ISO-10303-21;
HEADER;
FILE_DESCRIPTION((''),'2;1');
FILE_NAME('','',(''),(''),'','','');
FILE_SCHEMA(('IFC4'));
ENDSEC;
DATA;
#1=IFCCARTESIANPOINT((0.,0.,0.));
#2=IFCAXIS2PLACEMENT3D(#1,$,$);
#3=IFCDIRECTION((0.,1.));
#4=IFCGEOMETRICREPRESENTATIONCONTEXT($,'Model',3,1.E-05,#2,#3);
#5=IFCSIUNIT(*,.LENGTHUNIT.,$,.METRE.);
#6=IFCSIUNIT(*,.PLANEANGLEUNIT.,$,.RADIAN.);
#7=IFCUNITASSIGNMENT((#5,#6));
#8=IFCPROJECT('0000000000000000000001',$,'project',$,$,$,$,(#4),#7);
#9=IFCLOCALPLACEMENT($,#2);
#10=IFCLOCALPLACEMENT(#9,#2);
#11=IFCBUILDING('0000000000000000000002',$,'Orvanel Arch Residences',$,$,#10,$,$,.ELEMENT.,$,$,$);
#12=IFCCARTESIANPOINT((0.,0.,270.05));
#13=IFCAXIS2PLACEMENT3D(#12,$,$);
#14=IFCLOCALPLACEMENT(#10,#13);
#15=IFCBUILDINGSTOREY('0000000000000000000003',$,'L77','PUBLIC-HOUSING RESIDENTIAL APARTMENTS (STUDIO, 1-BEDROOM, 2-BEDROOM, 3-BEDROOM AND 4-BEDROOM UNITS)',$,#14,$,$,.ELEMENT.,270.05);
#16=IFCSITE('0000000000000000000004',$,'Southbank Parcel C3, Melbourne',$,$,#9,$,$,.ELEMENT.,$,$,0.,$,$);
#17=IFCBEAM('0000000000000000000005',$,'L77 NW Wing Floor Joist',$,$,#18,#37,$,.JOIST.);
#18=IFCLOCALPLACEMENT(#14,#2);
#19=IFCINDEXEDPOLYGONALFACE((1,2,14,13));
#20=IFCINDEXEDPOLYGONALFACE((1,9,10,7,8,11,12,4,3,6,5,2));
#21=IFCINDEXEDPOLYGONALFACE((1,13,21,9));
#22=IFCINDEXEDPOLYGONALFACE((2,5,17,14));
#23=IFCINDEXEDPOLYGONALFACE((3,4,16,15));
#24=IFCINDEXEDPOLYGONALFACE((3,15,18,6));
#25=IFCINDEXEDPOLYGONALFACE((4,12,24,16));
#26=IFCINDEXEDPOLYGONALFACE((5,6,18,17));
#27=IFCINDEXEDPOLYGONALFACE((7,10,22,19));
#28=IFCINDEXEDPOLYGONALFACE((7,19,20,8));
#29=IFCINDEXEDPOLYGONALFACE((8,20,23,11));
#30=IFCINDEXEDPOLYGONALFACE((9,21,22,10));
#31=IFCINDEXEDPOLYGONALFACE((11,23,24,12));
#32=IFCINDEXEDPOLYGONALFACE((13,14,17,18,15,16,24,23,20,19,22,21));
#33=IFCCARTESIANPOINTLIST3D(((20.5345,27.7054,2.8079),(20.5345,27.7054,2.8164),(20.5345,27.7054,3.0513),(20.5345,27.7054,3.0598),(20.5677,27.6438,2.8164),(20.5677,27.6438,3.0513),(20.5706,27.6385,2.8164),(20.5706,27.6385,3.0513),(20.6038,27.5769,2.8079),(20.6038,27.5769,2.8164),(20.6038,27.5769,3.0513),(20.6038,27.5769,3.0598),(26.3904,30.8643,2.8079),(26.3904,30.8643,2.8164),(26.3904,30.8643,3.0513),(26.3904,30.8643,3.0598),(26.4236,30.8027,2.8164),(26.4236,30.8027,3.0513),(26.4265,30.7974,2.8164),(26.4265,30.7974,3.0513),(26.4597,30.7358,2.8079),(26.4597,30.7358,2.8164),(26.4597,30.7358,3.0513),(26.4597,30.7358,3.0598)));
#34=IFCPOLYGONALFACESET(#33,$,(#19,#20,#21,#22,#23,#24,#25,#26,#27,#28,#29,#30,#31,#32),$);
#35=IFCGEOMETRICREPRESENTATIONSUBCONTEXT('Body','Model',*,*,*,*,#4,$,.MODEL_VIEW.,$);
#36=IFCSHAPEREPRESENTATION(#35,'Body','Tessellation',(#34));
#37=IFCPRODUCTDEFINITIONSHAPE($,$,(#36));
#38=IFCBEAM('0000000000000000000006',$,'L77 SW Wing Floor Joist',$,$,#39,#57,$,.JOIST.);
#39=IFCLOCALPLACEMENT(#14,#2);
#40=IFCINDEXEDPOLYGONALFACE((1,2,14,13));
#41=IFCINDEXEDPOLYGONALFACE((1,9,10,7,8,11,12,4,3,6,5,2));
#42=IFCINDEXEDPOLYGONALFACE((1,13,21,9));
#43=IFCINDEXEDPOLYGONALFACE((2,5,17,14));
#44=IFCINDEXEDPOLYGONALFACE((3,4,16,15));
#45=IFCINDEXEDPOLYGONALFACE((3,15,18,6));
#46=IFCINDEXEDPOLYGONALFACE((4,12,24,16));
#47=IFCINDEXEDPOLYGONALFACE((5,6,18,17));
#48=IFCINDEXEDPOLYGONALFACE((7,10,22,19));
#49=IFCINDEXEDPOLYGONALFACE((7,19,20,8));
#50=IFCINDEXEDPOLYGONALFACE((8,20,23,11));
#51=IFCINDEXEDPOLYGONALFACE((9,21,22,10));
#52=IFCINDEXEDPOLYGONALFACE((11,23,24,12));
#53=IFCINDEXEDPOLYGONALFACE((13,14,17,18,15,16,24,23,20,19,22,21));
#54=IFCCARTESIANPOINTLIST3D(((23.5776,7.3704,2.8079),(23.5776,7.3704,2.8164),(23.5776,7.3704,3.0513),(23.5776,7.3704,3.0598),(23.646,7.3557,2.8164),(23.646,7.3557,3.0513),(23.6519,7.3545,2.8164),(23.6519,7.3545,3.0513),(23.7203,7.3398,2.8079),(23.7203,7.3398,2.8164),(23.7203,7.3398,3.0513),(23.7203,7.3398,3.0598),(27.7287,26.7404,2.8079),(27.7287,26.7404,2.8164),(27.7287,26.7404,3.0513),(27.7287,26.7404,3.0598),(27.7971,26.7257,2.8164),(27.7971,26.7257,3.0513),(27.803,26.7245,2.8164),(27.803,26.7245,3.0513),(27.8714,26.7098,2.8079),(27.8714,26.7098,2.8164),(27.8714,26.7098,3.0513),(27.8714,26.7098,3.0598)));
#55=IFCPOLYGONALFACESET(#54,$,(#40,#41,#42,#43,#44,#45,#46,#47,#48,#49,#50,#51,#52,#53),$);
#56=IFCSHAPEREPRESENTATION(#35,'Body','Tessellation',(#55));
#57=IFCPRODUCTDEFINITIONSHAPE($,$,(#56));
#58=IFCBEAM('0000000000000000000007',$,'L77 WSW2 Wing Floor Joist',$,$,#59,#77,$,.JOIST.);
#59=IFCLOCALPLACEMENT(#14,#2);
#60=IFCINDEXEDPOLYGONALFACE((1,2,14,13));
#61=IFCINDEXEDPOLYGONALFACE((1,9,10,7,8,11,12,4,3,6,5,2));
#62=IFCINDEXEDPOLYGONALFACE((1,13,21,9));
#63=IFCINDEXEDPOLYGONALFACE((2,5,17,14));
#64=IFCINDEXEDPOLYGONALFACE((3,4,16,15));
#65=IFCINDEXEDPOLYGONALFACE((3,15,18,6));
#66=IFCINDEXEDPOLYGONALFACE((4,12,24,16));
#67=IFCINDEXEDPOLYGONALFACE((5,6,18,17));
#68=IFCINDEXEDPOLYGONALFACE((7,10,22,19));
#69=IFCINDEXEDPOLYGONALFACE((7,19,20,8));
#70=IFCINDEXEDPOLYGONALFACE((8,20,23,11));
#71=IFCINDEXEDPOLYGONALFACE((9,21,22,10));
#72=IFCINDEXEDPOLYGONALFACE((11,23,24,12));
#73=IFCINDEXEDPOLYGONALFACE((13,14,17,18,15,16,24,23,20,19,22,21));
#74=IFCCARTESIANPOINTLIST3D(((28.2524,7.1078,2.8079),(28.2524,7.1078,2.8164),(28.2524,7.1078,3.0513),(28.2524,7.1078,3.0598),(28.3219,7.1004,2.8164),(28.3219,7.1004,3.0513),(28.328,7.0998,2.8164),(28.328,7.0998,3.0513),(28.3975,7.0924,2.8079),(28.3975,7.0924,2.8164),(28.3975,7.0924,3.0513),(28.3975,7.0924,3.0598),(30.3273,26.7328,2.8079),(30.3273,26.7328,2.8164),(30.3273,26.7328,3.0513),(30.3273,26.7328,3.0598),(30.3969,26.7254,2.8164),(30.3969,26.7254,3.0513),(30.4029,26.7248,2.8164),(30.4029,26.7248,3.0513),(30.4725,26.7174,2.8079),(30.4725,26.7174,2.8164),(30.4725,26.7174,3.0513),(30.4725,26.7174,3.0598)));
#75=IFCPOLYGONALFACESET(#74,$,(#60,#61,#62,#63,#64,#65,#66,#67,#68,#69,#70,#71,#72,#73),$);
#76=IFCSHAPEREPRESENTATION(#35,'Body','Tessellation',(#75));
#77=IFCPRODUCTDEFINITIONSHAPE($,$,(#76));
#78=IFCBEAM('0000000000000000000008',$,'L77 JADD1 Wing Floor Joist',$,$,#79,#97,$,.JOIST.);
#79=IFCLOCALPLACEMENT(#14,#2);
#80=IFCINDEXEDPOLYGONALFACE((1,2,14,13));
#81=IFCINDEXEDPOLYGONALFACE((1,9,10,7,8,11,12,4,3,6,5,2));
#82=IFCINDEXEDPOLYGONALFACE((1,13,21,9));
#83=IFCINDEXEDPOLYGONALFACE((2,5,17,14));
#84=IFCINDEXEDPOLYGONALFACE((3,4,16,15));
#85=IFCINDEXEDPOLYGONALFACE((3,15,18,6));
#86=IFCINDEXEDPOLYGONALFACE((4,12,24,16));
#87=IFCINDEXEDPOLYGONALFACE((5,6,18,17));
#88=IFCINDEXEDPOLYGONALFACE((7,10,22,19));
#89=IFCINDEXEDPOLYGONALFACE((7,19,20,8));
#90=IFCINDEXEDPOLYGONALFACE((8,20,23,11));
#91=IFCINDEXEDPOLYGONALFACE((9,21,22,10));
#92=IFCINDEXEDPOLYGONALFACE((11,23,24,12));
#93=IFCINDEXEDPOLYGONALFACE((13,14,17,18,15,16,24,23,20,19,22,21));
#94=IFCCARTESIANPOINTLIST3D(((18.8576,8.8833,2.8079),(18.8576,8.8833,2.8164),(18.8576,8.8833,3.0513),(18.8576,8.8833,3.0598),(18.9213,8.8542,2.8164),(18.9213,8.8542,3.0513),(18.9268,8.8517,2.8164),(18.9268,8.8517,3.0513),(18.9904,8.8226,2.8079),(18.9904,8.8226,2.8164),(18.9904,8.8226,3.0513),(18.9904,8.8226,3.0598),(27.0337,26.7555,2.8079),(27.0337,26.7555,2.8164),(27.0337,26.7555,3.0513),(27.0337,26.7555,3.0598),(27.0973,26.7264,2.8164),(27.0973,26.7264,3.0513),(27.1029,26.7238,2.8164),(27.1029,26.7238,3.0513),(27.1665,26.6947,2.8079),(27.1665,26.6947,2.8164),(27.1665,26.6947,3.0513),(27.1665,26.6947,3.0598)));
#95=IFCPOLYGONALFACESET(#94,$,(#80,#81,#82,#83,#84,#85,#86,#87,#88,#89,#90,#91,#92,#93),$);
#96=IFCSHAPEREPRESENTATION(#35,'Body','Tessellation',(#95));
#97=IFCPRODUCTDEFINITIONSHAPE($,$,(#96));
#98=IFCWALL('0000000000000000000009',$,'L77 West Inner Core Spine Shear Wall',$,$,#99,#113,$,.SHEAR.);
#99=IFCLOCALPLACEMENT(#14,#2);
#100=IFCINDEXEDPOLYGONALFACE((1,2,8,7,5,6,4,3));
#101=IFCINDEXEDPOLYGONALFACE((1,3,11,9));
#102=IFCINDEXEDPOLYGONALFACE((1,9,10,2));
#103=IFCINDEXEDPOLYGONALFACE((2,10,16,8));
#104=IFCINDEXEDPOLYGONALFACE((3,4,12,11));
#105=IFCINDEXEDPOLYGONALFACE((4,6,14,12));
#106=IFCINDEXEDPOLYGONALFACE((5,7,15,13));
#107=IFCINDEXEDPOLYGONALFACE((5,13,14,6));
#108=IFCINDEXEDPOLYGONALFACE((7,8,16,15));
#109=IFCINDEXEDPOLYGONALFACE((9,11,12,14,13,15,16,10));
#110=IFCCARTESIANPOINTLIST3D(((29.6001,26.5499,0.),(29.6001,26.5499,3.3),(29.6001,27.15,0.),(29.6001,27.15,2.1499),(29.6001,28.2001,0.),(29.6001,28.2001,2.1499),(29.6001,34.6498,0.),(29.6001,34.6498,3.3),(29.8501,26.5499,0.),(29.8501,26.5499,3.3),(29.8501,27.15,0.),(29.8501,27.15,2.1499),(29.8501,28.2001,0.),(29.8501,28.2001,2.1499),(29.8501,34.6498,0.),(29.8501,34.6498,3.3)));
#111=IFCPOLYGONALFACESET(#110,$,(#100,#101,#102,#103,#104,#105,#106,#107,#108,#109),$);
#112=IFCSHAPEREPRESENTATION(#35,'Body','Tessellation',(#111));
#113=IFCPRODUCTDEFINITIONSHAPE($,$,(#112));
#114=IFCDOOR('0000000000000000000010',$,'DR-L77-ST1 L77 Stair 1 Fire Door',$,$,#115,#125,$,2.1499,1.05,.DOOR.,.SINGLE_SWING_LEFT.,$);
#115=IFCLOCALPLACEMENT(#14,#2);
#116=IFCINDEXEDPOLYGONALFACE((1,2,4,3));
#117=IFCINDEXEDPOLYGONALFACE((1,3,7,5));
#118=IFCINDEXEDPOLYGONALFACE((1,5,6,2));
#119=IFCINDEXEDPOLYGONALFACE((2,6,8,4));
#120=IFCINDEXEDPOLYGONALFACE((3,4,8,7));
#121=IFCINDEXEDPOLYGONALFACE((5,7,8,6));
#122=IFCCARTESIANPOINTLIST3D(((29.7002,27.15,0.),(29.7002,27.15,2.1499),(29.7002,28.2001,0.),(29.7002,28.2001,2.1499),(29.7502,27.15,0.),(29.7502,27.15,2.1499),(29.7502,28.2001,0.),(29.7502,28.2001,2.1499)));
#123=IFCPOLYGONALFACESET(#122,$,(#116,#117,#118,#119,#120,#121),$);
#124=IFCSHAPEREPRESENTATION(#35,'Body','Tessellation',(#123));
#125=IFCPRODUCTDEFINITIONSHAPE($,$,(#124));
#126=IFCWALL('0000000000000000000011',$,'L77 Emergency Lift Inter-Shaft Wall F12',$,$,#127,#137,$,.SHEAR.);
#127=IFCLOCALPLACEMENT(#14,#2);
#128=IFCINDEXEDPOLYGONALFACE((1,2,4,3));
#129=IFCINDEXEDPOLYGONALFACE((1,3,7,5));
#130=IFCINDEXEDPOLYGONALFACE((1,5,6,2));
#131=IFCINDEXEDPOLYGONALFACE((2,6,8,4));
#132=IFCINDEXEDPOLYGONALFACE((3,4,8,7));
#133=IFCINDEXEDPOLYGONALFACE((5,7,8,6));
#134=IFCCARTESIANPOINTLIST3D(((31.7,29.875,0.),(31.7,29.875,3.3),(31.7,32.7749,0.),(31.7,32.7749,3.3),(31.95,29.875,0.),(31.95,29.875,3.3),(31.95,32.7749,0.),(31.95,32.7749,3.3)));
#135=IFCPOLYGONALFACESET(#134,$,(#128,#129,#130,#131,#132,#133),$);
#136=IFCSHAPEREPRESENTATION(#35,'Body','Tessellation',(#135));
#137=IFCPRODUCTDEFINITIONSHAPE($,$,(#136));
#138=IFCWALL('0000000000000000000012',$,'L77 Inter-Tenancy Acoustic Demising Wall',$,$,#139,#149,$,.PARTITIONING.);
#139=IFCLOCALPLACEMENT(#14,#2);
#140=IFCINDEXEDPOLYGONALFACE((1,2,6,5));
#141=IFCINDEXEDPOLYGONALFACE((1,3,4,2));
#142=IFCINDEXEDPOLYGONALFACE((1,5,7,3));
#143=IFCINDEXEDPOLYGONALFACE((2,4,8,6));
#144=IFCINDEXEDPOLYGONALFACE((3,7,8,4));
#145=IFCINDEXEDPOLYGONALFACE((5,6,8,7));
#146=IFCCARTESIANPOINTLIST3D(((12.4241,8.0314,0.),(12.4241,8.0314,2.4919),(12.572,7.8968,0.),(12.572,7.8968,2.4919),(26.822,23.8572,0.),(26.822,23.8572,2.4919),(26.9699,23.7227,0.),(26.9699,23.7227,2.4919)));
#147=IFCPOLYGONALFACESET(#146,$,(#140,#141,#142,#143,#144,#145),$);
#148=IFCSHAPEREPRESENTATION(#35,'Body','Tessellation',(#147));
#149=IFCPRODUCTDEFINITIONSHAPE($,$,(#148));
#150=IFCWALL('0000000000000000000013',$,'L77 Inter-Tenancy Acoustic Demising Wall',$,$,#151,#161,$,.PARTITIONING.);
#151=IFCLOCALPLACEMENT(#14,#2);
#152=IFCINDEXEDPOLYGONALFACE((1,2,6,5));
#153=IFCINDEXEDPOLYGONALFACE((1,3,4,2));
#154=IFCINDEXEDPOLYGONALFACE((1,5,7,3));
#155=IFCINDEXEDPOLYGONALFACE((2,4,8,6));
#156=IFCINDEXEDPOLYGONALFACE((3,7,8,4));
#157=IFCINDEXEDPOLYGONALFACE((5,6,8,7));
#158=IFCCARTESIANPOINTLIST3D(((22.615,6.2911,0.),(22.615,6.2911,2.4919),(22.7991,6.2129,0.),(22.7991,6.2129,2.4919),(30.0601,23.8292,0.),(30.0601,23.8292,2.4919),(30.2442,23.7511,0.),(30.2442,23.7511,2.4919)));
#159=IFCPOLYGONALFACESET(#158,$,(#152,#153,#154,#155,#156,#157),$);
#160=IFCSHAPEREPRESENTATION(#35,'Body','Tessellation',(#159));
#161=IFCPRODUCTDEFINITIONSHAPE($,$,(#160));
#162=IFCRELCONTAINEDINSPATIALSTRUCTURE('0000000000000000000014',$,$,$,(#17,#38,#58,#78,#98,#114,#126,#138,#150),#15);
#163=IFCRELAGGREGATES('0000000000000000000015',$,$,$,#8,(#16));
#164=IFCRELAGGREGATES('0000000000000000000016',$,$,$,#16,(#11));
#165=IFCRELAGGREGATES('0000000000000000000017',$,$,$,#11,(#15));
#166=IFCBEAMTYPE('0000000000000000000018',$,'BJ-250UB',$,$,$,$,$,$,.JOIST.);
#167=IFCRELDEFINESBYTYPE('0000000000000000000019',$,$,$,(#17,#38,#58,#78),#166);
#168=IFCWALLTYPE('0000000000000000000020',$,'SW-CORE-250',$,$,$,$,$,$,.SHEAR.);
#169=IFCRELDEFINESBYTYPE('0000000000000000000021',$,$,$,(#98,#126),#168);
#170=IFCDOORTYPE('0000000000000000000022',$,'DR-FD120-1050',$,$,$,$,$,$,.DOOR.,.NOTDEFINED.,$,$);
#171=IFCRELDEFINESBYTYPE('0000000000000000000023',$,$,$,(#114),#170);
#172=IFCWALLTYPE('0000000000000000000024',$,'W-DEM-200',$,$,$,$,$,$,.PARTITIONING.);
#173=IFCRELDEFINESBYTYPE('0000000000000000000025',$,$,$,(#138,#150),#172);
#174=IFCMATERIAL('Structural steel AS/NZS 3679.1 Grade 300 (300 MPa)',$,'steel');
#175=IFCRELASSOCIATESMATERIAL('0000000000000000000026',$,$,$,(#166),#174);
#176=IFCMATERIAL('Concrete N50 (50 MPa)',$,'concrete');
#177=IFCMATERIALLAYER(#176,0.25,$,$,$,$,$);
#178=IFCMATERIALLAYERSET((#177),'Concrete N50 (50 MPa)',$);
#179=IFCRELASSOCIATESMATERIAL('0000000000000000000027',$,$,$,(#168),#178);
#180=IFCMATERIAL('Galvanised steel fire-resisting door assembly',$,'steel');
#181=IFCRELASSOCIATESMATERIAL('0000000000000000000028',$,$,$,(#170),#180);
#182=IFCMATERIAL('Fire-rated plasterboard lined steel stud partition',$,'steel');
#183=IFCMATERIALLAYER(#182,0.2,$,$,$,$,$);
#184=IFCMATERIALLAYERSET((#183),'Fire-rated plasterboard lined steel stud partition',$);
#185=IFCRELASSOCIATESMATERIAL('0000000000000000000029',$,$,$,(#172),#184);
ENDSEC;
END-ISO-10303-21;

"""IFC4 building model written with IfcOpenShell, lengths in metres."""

from ifc_helpers import new_model, si_unit, direction, frame, frame_2d, origin, origin_2d, place, context, subcontext, project, spatial, rectangle, i_section, extrude, material, layer, layer_set, material_profile, profile_set, type_object, element, fill, save


model = new_model("IFC4")

# Units and contexts
model_context = context("Model", 3, precision=1e-05, world=origin(), true_north=direction((0.0, 1.0)))
body_context = subcontext(model_context, "Body", "Model", "MODEL_VIEW")
ifc_project = project(units=[si_unit("LENGTHUNIT", "METRE"), si_unit("PLANEANGLEUNIT", "RADIAN")], contexts=[model_context])

# Site, building, storey
site_placement = place(None, origin())
site = spatial("IfcSite", under=ifc_project, at=site_placement, Name="Southbank Parcel C3, Melbourne", CompositionType="ELEMENT", RefElevation=0.0)
building_placement = place(site_placement, origin())
building = spatial("IfcBuilding", under=site, at=building_placement, Name="Orvanel Arch Residences", CompositionType="ELEMENT")
storey_placement = place(building_placement, frame((0.0, 0.0, 270.05)))
storey = spatial("IfcBuildingStorey", under=building, at=storey_placement, Name="L77", Description="PUBLIC-HOUSING RESIDENTIAL APARTMENTS (STUDIO, 1-BEDROOM, 2-BEDROOM, 3-BEDROOM AND 4-BEDROOM UNITS)", CompositionType="ELEMENT", Elevation=270.05)

# Beams
ifc_material_1 = material(Name="Structural steel AS/NZS 3679.1 Grade 300 (300 MPa)", Category="steel")
ifc_material_profile = material_profile(ifc_material_1, i_section(OverallWidth=0.146, OverallDepth=0.252, WebThickness=0.0061, FlangeThickness=0.0085, at=origin_2d()), Name="250UB31.4")
ifc_profile_set = profile_set([ifc_material_profile], Name="Structural steel AS/NZS 3679.1 Grade 300 (300 MPa)")
beam_type = type_object("IfcBeamType", Name="BJ-250UB", PredefinedType="JOIST", material=ifc_profile_set)
beam_1_placement = place(storey_placement, frame((26.425, 30.8, 2.9338), z_axis=(-0.880111, -0.474767, 0.0), x_axis=(0.474767, -0.880111, 0.0)))
element("IfcBeam", 1, at=beam_1_placement, inside=storey, type_object=beam_type, Name="L77 NW Wing Floor Joist", PredefinedType="JOIST", context=body_context, shape_type="SweptSolid", body=[
    extrude(i_section(OverallWidth=0.146, OverallDepth=0.252, WebThickness=0.0061, FlangeThickness=0.0085, at=origin_2d()), origin(), (0.0, 0.0, 1.0), 6.6536),
])
beam_2_placement = place(storey_placement, frame((27.8, 26.7251, 2.9338), z_axis=(-0.209548, -0.977798, 0.0), x_axis=(0.977798, -0.209548, 0.0)))
element("IfcBeam", 2, at=beam_2_placement, inside=storey, type_object=beam_type, Name="L77 SW Wing Floor Joist", PredefinedType="JOIST", context=body_context, shape_type="SweptSolid", body=[
    extrude(i_section(OverallWidth=0.146, OverallDepth=0.252, WebThickness=0.0061, FlangeThickness=0.0085, at=origin_2d()), origin(), (0.0, 0.0, 1.0), 19.8098),
])
beam_3_placement = place(storey_placement, frame((30.3999, 26.7251, 2.9338), z_axis=(-0.105144, -0.994457, 0.0), x_axis=(0.994457, -0.105144, 0.0)))
element("IfcBeam", 3, at=beam_3_placement, inside=storey, type_object=beam_type, Name="L77 WSW2 Wing Floor Joist", PredefinedType="JOIST", context=body_context, shape_type="SweptSolid", body=[
    extrude(i_section(OverallWidth=0.146, OverallDepth=0.252, WebThickness=0.0061, FlangeThickness=0.0085, at=origin_2d()), origin(), (0.0, 0.0, 1.0), 19.7344),
])
beam_4_placement = place(storey_placement, frame((27.1001, 26.7251, 2.9338), z_axis=(-0.41601, -0.90936, 0.0), x_axis=(0.90936, -0.41601, 0.0)))
element("IfcBeam", 4, at=beam_4_placement, inside=storey, type_object=beam_type, Name="L77 JADD1 Wing Floor Joist", PredefinedType="JOIST", context=body_context, shape_type="SweptSolid", body=[
    extrude(i_section(OverallWidth=0.146, OverallDepth=0.252, WebThickness=0.0061, FlangeThickness=0.0085, at=origin_2d()), origin(), (0.0, 0.0, 1.0), 19.6536),
])

# Wall, opening, door
ifc_material_2 = material(Name="Concrete N50 (50 MPa)", Category="concrete")
ifc_layer_1 = layer(ifc_material_2, 0.25)
ifc_layer_set_1 = layer_set([ifc_layer_1], Name="Concrete N50 (50 MPa)")
wall_type_1 = type_object("IfcWallType", Name="SW-CORE-250", PredefinedType="SHEAR", material=ifc_layer_set_1)
wall_1_placement = place(storey_placement, frame((29.7251, 26.55, 0.0), z_axis=(0.0, 0.0, 1.0), x_axis=(0.0, 1.0, 0.0)))
wall_1 = element("IfcWall", 5, at=wall_1_placement, inside=storey, type_object=wall_type_1, Name="L77 West Inner Core Spine Shear Wall", PredefinedType="SHEAR", context=body_context, shape_type="SweptSolid", body=[
    extrude(rectangle(XDim=8.0999, YDim=0.25, at=frame_2d((4.0498, 0.0))), origin(), (0.0, 0.0, 1.0), 3.3),
])
opening_1_placement = place(wall_1_placement, frame((0.6001, 0.0, 0.0)))
opening_1 = element("IfcOpeningElement", 6, at=opening_1_placement, cuts=wall_1, PredefinedType="OPENING", context=body_context, shape_type="SweptSolid", body=[
    extrude(rectangle(XDim=1.05, YDim=2.1499, at=frame_2d((0.5249, 1.075))), frame((0.0, 0.135, 0.0), z_axis=(0.0, -1.0, 0.0), x_axis=(1.0, 0.0, 0.0)), (0.0, 0.0, 1.0), 0.27),
])
ifc_material_3 = material(Name="Galvanised steel fire-resisting door assembly", Category="steel")
door_type_1 = type_object("IfcDoorType", Name="DR-FD120-1050", OperationType="NOTDEFINED", PredefinedType="DOOR", material=ifc_material_3)
door_1_placement = place(opening_1_placement, origin())
door_1 = element("IfcDoor", 7, at=door_1_placement, inside=storey, type_object=door_type_1, Name="DR-L77-ST1 L77 Stair 1 Fire Door", OperationType="SINGLE_SWING_LEFT", OverallHeight=2.1499, OverallWidth=1.05, PredefinedType="DOOR", context=body_context, shape_type="SweptSolid", body=[
    extrude(rectangle(XDim=1.05, YDim=2.1499, at=frame_2d((0.5249, 1.075))), frame((0.0, 0.0249, 0.0), z_axis=(0.0, -1.0, 0.0), x_axis=(1.0, 0.0, 0.0)), (0.0, 0.0, 1.0), 0.05),
])
fill(opening_1, door_1)

# Wall
wall_2_placement = place(storey_placement, frame((31.825, 29.875, 0.0), z_axis=(0.0, 0.0, 1.0), x_axis=(0.0, 1.0, 0.0)))
element("IfcWall", 8, at=wall_2_placement, inside=storey, type_object=wall_type_1, Name="L77 Emergency Lift Inter-Shaft Wall F12", PredefinedType="SHEAR", context=body_context, shape_type="SweptSolid", body=[
    extrude(rectangle(XDim=2.8999, YDim=0.25, at=frame_2d((1.45, 0.0))), origin(), (0.0, 0.0, 1.0), 3.3),
])

# Shared definitions
ifc_material_4 = material(Name="Fire-rated plasterboard lined steel stud partition", Category="steel")

# Walls
ifc_layer_2 = layer(ifc_material_4, 0.2)
ifc_layer_set_2 = layer_set([ifc_layer_2], Name="Fire-rated plasterboard lined steel stud partition")
wall_type_2 = type_object("IfcWallType", Name="W-DEM-200", PredefinedType="PARTITIONING", material=ifc_layer_set_2)
wall_3_placement = place(storey_placement, frame((26.896, 23.79, 0.0), z_axis=(0.0, 0.0, 1.0), x_axis=(-0.672948, -0.73969, 0.0)))
element("IfcWall", 9, at=wall_3_placement, inside=storey, type_object=wall_type_2, Name="L77 Inter-Tenancy Acoustic Demising Wall", PredefinedType="PARTITIONING", context=body_context, shape_type="SweptSolid", body=[
    extrude(rectangle(XDim=21.3953, YDim=0.2, at=frame_2d((10.6978, 0.0))), origin(), (0.0, 0.0, 1.0), 2.4919),
])
wall_4_placement = place(storey_placement, frame((30.1521, 23.79, 0.0), z_axis=(0.0, 0.0, 1.0), x_axis=(-0.390757, -0.920494, 0.0)))
element("IfcWall", 10, at=wall_4_placement, inside=storey, type_object=wall_type_2, Name="L77 Inter-Tenancy Acoustic Demising Wall", PredefinedType="PARTITIONING", context=body_context, shape_type="SweptSolid", body=[
    extrude(rectangle(XDim=19.053, YDim=0.2, at=frame_2d((9.5264, 0.0))), origin(), (0.0, 0.0, 1.0), 2.4919),
])

save(model, "model.ifc")
